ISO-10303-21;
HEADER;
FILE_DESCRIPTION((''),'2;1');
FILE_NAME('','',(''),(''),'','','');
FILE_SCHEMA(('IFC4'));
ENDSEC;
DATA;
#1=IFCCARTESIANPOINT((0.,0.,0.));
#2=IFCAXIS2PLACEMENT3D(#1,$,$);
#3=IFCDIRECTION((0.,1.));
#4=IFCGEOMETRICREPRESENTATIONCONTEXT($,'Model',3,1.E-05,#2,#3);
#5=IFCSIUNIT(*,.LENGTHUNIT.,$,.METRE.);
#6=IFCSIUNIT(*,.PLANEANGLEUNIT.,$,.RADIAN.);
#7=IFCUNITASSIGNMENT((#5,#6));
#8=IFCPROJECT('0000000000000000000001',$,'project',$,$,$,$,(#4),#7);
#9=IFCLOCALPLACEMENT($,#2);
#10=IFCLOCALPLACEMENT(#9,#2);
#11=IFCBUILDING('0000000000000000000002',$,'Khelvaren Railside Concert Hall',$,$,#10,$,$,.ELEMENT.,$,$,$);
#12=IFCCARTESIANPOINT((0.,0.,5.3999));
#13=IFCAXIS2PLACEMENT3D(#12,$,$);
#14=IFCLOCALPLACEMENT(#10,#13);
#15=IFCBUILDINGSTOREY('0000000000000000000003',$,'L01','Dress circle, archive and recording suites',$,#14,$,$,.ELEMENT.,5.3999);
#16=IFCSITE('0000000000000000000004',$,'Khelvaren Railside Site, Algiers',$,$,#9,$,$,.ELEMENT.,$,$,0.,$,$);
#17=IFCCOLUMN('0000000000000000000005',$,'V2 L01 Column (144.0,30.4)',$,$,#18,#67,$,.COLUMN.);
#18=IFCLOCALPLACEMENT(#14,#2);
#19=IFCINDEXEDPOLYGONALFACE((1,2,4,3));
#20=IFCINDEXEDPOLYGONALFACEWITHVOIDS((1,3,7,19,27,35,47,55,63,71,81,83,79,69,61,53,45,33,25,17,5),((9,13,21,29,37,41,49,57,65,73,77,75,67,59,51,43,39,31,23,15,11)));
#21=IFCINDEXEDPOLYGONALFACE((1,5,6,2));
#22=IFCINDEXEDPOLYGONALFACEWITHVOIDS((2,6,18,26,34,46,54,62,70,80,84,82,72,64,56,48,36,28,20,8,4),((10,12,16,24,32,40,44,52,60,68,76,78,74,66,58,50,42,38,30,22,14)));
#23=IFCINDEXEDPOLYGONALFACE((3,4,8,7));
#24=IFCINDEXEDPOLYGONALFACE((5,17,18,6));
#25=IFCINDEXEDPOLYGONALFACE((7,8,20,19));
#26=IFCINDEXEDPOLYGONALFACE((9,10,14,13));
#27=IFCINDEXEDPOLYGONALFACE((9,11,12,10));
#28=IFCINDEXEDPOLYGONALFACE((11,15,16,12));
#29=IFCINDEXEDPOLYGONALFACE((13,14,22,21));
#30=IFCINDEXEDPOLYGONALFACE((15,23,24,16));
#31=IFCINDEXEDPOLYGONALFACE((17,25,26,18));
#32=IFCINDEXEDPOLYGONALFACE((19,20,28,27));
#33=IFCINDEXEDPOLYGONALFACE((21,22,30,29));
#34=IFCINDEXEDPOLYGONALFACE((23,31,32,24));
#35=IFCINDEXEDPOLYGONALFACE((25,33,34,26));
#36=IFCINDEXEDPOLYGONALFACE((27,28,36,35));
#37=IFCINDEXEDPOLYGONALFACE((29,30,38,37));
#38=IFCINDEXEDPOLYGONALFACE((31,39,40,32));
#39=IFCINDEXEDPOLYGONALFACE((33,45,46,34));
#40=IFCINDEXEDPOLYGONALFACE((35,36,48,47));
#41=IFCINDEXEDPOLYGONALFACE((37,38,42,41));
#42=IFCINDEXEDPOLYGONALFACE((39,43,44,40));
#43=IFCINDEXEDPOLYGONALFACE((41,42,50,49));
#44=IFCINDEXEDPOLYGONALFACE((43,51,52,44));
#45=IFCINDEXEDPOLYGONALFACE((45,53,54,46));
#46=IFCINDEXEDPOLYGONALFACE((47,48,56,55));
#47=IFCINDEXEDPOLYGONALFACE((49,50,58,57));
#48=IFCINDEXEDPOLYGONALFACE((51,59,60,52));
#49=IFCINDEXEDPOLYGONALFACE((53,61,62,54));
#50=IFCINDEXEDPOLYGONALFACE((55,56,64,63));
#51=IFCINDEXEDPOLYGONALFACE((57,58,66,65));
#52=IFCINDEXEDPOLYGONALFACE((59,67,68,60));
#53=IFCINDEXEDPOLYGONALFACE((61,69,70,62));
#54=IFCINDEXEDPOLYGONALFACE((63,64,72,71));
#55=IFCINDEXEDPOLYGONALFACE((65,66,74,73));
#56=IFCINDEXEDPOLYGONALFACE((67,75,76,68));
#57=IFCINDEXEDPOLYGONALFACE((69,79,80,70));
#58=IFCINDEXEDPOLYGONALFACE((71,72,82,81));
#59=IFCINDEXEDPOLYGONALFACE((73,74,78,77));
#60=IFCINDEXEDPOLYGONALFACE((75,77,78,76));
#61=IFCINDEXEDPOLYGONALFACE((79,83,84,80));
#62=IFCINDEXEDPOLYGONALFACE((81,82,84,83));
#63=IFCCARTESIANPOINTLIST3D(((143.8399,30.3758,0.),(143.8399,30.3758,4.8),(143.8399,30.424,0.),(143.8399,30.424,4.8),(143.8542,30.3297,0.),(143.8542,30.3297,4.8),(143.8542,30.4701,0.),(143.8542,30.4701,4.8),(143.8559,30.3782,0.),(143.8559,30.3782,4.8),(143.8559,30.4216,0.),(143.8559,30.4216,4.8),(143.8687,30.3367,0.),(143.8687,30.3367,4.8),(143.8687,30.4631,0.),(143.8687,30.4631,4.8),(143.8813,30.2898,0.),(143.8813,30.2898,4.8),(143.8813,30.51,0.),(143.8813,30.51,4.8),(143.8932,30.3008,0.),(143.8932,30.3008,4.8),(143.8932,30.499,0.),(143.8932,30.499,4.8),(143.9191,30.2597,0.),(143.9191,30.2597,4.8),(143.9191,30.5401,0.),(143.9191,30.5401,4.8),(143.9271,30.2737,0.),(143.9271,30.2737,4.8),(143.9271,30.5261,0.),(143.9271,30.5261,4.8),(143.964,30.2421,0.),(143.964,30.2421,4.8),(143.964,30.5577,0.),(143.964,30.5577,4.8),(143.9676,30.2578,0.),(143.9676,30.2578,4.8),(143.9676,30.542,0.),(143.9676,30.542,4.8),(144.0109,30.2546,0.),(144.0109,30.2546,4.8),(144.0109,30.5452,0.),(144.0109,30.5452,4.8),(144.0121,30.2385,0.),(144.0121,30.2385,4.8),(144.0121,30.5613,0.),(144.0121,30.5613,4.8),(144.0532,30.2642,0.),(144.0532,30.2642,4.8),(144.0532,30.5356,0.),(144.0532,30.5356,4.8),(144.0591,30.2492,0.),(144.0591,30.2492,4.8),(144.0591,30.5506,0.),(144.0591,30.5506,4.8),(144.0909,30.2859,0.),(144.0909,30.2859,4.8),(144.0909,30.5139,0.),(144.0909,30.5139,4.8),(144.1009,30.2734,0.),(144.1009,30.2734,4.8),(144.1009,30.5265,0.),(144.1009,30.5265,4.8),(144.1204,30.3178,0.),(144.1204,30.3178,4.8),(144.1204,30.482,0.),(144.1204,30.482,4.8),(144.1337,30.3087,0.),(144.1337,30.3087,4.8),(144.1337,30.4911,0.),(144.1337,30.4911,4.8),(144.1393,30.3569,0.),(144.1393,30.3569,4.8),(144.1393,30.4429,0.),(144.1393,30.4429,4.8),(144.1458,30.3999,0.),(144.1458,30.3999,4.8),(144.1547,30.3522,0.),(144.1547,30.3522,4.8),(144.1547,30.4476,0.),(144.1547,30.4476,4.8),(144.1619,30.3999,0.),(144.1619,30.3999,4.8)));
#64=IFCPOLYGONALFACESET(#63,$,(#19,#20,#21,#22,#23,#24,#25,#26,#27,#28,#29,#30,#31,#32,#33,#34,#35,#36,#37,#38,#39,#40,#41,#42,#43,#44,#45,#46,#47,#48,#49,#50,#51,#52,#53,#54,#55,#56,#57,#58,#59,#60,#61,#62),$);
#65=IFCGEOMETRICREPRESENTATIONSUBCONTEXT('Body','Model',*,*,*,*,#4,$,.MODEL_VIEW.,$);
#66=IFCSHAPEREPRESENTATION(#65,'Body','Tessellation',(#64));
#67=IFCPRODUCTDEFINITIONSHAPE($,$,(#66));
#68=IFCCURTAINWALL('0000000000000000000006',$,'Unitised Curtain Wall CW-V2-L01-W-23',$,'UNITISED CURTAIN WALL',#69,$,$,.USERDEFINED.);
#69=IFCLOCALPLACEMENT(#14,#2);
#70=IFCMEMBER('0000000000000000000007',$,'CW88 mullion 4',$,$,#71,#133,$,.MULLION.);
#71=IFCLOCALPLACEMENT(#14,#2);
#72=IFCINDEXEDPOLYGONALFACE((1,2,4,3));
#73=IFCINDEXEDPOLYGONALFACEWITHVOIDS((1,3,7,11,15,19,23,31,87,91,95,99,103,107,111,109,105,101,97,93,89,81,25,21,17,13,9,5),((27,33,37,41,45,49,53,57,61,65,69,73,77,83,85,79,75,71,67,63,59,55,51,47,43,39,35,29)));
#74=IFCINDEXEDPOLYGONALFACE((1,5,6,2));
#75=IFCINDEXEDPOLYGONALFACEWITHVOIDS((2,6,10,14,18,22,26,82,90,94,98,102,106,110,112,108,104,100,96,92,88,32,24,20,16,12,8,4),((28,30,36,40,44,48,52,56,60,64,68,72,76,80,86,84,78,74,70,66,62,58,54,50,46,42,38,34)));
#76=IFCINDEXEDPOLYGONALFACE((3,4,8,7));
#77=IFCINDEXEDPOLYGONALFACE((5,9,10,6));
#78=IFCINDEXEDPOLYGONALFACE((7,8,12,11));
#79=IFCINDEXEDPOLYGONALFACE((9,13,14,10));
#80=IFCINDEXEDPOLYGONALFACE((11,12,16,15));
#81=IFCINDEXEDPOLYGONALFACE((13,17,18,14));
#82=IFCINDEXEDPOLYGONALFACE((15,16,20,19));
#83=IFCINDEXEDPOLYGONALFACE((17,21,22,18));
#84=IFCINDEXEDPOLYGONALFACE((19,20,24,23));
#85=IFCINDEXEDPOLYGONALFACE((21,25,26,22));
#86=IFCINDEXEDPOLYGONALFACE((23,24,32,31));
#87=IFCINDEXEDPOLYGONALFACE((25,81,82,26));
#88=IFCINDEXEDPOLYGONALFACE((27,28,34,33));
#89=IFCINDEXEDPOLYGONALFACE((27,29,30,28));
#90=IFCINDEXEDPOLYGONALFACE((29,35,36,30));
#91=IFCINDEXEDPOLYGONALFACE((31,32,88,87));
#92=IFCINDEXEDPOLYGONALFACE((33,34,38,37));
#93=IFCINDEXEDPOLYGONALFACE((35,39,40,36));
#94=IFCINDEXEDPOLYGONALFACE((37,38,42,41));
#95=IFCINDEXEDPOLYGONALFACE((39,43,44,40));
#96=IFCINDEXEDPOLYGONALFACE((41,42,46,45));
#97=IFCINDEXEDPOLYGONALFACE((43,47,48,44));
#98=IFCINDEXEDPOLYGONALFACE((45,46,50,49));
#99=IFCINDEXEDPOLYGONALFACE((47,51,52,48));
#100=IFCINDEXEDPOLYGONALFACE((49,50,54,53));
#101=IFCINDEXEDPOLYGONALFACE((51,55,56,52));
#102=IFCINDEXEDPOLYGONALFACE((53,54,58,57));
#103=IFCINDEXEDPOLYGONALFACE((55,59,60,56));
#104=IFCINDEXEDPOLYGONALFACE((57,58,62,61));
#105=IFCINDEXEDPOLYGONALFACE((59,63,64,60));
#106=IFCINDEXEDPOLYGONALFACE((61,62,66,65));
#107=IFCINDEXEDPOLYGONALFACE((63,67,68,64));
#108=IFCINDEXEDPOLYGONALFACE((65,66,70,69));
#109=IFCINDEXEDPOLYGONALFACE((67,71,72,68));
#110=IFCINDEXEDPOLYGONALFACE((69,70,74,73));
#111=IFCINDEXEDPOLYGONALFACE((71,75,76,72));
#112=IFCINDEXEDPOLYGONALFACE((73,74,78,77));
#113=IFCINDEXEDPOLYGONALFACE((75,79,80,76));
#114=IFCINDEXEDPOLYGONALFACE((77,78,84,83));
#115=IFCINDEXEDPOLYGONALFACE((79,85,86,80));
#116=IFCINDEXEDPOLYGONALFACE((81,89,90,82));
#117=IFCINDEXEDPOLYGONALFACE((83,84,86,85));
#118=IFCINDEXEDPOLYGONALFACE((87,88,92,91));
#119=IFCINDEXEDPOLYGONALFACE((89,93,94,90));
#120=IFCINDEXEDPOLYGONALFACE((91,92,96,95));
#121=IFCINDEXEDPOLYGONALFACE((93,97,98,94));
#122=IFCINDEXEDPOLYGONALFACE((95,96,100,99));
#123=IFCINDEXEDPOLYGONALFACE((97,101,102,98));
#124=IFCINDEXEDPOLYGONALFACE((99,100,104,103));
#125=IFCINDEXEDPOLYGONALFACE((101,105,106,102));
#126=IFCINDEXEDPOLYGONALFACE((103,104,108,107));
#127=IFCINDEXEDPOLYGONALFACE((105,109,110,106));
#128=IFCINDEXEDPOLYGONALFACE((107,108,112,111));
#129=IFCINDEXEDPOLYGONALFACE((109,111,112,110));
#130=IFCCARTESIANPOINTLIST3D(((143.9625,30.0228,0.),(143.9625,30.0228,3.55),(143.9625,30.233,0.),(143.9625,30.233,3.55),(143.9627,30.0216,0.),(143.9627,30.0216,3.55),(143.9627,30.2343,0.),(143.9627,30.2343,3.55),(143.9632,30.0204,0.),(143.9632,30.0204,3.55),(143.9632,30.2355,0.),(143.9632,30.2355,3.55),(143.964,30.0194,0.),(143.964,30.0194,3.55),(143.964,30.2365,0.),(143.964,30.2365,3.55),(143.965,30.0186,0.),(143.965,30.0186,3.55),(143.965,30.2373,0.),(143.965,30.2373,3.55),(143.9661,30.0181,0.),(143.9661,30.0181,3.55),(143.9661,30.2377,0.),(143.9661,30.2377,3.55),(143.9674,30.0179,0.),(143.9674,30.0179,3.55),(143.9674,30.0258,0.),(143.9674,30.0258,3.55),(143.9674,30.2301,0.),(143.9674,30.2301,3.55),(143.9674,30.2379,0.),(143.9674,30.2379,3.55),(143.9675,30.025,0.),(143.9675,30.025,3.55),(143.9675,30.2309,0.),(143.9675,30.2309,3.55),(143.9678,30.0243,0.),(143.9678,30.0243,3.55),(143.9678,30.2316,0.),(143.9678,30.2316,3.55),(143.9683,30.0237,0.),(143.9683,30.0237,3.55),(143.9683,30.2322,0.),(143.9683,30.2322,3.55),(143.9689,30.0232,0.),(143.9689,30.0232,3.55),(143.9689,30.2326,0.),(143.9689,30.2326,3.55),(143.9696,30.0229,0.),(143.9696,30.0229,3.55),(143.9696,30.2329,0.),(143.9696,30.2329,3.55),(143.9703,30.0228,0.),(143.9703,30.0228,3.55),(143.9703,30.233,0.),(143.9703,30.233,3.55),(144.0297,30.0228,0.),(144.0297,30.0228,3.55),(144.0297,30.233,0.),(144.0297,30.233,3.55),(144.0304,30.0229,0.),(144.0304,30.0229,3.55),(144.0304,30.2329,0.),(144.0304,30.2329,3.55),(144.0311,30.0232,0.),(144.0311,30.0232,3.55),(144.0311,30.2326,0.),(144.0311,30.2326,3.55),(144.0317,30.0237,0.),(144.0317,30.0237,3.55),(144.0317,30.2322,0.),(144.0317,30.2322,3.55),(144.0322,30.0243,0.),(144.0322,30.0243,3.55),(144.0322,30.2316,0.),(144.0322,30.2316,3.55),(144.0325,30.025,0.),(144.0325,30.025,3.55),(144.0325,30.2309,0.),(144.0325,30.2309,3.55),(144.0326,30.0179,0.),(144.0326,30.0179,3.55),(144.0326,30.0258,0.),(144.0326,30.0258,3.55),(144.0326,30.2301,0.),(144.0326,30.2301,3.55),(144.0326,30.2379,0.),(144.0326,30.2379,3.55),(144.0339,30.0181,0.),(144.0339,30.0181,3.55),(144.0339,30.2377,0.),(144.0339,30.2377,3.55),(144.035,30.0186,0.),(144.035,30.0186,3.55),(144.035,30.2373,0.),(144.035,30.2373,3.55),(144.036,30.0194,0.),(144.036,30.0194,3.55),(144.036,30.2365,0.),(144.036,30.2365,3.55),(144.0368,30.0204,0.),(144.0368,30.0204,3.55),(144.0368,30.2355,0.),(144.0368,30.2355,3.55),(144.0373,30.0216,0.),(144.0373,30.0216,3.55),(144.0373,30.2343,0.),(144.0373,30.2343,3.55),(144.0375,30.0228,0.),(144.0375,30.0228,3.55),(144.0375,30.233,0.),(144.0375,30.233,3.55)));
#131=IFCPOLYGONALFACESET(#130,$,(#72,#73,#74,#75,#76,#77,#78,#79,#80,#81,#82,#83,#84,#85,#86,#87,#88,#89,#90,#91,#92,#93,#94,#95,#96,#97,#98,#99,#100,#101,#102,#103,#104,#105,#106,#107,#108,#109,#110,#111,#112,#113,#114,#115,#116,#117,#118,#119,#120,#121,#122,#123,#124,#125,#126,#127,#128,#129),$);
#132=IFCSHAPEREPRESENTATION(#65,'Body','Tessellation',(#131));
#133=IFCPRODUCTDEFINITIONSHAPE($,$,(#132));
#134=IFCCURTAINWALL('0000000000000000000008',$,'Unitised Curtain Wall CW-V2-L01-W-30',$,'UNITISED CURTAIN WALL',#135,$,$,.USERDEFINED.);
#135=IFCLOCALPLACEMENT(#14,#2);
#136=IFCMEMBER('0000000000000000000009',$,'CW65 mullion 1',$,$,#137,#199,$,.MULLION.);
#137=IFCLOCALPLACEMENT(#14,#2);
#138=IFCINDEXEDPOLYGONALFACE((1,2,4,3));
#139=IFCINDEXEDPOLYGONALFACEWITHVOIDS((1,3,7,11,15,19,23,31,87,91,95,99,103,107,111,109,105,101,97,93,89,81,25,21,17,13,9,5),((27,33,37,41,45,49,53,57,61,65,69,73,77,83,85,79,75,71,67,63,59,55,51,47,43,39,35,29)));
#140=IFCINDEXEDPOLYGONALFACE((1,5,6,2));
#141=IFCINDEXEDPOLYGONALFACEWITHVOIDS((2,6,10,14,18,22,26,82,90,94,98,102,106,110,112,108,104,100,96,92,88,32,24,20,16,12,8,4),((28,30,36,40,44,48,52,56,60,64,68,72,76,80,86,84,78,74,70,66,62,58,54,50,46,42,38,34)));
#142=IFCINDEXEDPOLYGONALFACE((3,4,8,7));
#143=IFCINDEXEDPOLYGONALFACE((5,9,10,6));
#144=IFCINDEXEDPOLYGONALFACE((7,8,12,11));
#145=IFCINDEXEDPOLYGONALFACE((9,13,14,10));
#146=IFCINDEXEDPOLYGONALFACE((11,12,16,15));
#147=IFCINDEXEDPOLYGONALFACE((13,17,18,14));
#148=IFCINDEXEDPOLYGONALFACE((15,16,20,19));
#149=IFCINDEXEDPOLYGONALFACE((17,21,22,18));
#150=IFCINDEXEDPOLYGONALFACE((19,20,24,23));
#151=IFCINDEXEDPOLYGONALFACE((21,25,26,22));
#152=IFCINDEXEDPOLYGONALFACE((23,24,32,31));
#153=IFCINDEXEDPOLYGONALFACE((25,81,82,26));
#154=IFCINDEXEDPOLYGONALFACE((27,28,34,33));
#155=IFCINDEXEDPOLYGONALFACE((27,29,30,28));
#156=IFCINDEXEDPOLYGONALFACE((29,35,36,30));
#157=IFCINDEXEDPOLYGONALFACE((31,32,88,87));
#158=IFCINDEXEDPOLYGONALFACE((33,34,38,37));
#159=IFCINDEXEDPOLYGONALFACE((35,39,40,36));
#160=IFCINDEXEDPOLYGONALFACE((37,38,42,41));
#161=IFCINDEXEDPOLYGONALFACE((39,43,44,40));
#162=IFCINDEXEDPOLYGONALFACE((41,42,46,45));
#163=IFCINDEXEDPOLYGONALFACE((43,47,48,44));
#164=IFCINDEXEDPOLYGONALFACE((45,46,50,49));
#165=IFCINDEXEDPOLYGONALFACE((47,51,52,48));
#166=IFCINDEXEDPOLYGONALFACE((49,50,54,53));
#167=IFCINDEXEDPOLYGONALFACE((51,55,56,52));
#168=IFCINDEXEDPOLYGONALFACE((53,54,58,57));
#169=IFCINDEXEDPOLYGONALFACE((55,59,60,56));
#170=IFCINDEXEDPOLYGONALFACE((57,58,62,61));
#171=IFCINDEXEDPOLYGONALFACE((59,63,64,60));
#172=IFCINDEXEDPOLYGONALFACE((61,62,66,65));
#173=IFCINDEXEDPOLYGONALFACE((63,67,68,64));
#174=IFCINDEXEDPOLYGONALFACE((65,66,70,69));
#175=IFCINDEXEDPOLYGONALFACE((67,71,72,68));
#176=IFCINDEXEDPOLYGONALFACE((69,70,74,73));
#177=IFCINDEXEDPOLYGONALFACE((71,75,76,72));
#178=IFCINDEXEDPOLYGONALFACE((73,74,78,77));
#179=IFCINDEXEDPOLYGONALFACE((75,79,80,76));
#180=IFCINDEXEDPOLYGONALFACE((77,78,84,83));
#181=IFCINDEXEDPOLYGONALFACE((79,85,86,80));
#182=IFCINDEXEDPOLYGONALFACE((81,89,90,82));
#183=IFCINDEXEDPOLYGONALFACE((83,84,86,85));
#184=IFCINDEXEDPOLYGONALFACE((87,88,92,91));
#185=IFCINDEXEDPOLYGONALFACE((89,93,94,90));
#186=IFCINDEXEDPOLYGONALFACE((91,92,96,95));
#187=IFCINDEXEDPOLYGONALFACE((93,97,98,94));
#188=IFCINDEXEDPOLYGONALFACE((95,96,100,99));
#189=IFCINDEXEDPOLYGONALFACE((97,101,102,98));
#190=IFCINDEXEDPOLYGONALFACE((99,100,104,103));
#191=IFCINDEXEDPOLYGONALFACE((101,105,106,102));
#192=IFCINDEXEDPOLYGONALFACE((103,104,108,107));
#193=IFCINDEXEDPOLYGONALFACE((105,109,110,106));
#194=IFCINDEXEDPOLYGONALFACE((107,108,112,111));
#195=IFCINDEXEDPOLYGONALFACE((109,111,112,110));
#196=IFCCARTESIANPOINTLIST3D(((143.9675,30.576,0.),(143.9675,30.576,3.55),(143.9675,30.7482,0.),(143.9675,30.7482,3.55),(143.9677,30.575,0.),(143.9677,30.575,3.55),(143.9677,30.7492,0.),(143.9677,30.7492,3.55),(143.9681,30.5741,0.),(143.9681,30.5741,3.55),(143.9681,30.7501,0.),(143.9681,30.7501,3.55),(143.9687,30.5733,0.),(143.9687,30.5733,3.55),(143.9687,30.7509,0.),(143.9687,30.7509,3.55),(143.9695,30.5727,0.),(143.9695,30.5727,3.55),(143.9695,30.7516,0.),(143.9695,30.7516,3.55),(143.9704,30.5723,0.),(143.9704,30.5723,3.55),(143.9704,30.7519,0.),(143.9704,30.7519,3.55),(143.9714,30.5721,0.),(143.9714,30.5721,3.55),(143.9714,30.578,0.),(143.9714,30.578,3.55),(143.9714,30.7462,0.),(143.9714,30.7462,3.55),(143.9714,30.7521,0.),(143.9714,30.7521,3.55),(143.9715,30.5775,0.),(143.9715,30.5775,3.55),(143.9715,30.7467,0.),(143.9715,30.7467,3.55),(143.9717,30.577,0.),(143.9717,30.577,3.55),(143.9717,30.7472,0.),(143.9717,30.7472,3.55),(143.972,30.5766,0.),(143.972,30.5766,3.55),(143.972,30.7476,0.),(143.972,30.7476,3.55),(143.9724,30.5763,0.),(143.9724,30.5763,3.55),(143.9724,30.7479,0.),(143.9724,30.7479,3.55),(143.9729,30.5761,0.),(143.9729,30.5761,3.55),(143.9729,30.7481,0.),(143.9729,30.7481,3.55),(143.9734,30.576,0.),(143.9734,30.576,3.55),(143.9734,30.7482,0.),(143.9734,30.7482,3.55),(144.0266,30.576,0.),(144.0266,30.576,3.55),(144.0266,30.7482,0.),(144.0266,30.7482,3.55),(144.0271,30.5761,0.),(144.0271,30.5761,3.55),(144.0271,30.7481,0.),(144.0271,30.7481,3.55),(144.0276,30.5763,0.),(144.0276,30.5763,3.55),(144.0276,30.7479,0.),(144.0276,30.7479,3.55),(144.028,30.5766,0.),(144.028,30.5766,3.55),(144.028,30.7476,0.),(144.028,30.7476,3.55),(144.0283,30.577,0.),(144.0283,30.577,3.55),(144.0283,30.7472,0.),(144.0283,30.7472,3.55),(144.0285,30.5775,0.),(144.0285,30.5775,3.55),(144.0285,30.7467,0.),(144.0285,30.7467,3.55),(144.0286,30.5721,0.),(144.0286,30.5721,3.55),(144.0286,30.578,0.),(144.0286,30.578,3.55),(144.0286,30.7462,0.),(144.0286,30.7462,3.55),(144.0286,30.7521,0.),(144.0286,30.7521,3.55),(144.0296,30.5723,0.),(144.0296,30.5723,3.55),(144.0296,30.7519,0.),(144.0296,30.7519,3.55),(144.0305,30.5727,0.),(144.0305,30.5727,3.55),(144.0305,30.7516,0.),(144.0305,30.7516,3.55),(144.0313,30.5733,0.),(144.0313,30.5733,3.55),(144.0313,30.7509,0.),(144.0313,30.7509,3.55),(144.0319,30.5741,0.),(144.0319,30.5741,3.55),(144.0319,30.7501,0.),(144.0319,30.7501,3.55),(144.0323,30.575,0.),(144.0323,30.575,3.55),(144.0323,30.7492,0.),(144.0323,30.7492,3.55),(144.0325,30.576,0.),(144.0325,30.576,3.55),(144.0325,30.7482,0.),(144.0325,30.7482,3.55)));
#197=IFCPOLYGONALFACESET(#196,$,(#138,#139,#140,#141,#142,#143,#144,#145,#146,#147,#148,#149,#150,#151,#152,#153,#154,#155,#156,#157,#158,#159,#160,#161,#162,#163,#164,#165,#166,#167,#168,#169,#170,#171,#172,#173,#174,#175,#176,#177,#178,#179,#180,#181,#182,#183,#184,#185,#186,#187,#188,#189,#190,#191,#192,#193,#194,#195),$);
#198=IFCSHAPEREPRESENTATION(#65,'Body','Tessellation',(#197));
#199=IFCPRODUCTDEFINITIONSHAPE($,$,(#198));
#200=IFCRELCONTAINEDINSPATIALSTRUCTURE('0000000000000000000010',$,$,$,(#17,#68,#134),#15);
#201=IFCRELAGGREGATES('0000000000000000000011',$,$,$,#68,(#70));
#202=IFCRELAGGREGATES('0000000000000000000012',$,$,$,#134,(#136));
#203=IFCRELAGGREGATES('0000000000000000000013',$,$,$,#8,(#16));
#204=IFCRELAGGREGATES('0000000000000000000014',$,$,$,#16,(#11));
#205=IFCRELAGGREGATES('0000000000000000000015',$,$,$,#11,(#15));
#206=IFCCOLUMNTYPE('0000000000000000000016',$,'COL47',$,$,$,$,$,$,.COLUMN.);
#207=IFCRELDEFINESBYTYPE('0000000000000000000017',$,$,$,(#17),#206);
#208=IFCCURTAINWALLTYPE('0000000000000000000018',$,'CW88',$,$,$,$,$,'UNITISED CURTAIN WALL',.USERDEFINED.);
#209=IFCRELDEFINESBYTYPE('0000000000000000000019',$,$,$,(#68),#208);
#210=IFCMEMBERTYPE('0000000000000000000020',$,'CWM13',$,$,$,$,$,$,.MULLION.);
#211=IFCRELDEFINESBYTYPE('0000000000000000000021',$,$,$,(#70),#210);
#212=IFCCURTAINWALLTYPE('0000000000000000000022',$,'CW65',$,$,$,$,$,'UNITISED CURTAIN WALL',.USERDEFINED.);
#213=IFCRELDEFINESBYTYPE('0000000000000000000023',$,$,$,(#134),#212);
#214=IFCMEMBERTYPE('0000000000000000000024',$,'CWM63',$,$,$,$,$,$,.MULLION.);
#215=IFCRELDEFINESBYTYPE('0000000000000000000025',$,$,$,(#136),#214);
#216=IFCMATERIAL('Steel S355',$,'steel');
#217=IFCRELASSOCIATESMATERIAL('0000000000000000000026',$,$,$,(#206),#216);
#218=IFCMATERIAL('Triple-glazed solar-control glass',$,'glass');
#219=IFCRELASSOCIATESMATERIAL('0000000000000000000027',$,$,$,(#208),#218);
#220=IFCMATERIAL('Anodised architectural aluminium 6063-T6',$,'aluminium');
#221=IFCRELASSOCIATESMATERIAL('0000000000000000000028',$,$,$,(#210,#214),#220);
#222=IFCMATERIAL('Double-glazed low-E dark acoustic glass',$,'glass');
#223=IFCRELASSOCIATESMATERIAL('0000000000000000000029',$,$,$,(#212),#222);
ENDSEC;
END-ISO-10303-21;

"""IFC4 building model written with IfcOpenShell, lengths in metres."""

from ifc_helpers import new_model, si_unit, direction, frame, origin, origin_2d, place, context, subcontext, project, spatial, hollow_rectangle, hollow_circle, extrude, material, material_profile, profile_set, type_object, element, aggregate, save


model = new_model("IFC4")

# Units and contexts
model_context = context("Model", 3, precision=1e-05, world=origin(), true_north=direction((0.0, 1.0)))
body_context = subcontext(model_context, "Body", "Model", "MODEL_VIEW")
ifc_project = project(units=[si_unit("LENGTHUNIT", "METRE"), si_unit("PLANEANGLEUNIT", "RADIAN")], contexts=[model_context])

# Site, building, storey
site_placement = place(None, origin())
site = spatial("IfcSite", under=ifc_project, at=site_placement, Name="Khelvaren Railside Site, Algiers", CompositionType="ELEMENT", RefElevation=0.0)
building_placement = place(site_placement, origin())
building = spatial("IfcBuilding", under=site, at=building_placement, Name="Khelvaren Railside Concert Hall", CompositionType="ELEMENT")
storey_placement = place(building_placement, frame((0.0, 0.0, 5.3999)))
storey = spatial("IfcBuildingStorey", under=building, at=storey_placement, Name="L01", Description="Dress circle, archive and recording suites", CompositionType="ELEMENT", Elevation=5.3999)

# Column
ifc_material_1 = material(Name="Steel S355", Category="steel")
ifc_material_profile_1 = material_profile(ifc_material_1, hollow_circle(Radius=0.1619, WallThickness=0.0161, at=origin_2d()), Name="CHS 323.9x16")
ifc_profile_set_1 = profile_set([ifc_material_profile_1], Name="Steel S355")
column_type = type_object("IfcColumnType", Name="COL47", PredefinedType="COLUMN", material=ifc_profile_set_1)
column_placement = place(storey_placement, frame((144.0, 30.3999, 0.0), z_axis=(0.0, 0.0, 1.0), x_axis=(1.0, 0.0, 0.0)))
element("IfcColumn", 1, at=column_placement, inside=storey, type_object=column_type, Name="V2 L01 Column (144.0,30.4)", PredefinedType="COLUMN", context=body_context, shape_type="SweptSolid", body=[
    extrude(hollow_circle(Radius=0.1619, WallThickness=0.0161, at=origin_2d()), origin(), (0.0, 0.0, 1.0), 4.8),
])

# Curtain wall, member
ifc_material_2 = material(Name="Triple-glazed solar-control glass", Category="glass")
curtain_wall_type_1 = type_object("IfcCurtainWallType", Name="CW88", ElementType="UNITISED CURTAIN WALL", PredefinedType="USERDEFINED", material=ifc_material_2)
curtain_wall_1_placement = place(storey_placement, origin())
curtain_wall_1 = element("IfcCurtainWall", 2, at=curtain_wall_1_placement, inside=storey, type_object=curtain_wall_type_1, Name="Unitised Curtain Wall CW-V2-L01-W-23", ObjectType="UNITISED CURTAIN WALL", PredefinedType="USERDEFINED")
ifc_material_3 = material(Name="Anodised architectural aluminium 6063-T6", Category="aluminium")
ifc_material_profile_2 = material_profile(ifc_material_3, hollow_rectangle(XDim=0.075, YDim=0.22, WallThickness=0.0049, InnerFilletRadius=0.0029, OuterFilletRadius=0.0049, at=origin_2d()), Name="CWM 75x220x5")
ifc_profile_set_2 = profile_set([ifc_material_profile_2], Name="Anodised architectural aluminium 6063-T6")
member_type_1 = type_object("IfcMemberType", Name="CWM13", PredefinedType="MULLION", material=ifc_profile_set_2)
member_1_placement = place(storey_placement, frame((144.0, 30.1279, 0.0), z_axis=(0.0, 0.0, 1.0), x_axis=(-1.0, 0.0, 0.0)))
member_1 = element("IfcMember", 3, at=member_1_placement, type_object=member_type_1, Name="CW88 mullion 4", PredefinedType="MULLION", context=body_context, shape_type="SweptSolid", body=[
    extrude(hollow_rectangle(XDim=0.075, YDim=0.22, WallThickness=0.0049, InnerFilletRadius=0.0029, OuterFilletRadius=0.0049, at=origin_2d()), origin(), (0.0, 0.0, 1.0), 3.55),
])

# Curtain wall, member
ifc_material_4 = material(Name="Double-glazed low-E dark acoustic glass", Category="glass")
curtain_wall_type_2 = type_object("IfcCurtainWallType", Name="CW65", ElementType="UNITISED CURTAIN WALL", PredefinedType="USERDEFINED", material=ifc_material_4)
curtain_wall_2_placement = place(storey_placement, origin())
curtain_wall_2 = element("IfcCurtainWall", 4, at=curtain_wall_2_placement, inside=storey, type_object=curtain_wall_type_2, Name="Unitised Curtain Wall CW-V2-L01-W-30", ObjectType="UNITISED CURTAIN WALL", PredefinedType="USERDEFINED")
ifc_material_profile_3 = material_profile(ifc_material_3, hollow_rectangle(XDim=0.0649, YDim=0.1799, WallThickness=0.0039, InnerFilletRadius=0.002, OuterFilletRadius=0.0039, at=origin_2d()), Name="CWM 65x180x4")
ifc_profile_set_3 = profile_set([ifc_material_profile_3], Name="Anodised architectural aluminium 6063-T6")
member_type_2 = type_object("IfcMemberType", Name="CWM63", PredefinedType="MULLION", material=ifc_profile_set_3)
member_2_placement = place(storey_placement, frame((144.0, 30.6621, 0.0), z_axis=(0.0, 0.0, 1.0), x_axis=(-1.0, 0.0, 0.0)))
member_2 = element("IfcMember", 5, at=member_2_placement, type_object=member_type_2, Name="CW65 mullion 1", PredefinedType="MULLION", context=body_context, shape_type="SweptSolid", body=[
    extrude(hollow_rectangle(XDim=0.0649, YDim=0.1799, WallThickness=0.0039, InnerFilletRadius=0.002, OuterFilletRadius=0.0039, at=origin_2d()), origin(), (0.0, 0.0, 1.0), 3.55),
])

aggregate(curtain_wall_1, [member_1])
aggregate(curtain_wall_2, [member_2])

save(model, "model.ifc")
